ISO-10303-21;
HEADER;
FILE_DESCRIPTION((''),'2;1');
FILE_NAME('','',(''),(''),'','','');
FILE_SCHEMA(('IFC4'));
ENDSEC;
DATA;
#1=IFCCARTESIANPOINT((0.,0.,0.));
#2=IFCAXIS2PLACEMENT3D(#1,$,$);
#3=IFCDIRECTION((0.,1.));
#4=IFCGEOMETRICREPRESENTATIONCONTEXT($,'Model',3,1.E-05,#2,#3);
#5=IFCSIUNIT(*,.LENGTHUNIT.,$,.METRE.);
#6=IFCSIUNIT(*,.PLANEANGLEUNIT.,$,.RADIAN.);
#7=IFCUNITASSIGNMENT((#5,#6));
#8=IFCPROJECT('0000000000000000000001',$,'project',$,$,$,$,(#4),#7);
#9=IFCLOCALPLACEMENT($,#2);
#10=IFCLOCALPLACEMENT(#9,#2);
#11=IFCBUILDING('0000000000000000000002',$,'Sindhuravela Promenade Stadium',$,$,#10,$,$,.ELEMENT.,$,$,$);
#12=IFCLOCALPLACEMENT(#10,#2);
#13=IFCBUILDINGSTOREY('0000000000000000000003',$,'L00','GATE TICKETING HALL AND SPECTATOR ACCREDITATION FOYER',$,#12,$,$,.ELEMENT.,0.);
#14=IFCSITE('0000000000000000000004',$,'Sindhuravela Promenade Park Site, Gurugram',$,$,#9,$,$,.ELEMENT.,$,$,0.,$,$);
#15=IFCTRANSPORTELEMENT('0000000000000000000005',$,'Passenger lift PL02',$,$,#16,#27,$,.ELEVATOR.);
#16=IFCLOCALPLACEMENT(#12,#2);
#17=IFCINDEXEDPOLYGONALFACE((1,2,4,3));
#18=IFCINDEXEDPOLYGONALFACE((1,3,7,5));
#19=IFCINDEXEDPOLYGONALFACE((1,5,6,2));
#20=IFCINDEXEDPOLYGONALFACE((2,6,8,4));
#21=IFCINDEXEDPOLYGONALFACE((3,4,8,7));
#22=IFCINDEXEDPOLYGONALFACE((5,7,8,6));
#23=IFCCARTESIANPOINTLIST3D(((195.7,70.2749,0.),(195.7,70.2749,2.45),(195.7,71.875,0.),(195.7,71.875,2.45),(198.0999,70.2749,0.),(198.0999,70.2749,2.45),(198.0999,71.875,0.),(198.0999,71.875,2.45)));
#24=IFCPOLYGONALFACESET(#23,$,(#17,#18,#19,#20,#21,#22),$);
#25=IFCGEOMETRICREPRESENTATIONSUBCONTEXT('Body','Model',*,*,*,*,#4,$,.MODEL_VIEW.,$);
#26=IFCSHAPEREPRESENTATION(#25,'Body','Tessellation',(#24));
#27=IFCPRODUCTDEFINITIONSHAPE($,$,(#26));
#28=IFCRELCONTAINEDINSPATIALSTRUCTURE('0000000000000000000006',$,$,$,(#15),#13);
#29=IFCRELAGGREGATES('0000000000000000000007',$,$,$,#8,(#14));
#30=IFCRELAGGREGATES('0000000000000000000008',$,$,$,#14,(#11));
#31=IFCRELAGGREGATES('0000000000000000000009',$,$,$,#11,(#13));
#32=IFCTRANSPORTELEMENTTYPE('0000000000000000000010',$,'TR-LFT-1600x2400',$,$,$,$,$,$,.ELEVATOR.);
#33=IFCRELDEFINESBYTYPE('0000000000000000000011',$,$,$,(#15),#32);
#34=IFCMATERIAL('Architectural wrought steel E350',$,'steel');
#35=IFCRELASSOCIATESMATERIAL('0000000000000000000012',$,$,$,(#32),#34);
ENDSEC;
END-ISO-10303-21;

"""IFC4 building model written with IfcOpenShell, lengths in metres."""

from ifc_helpers import new_model, si_unit, direction, frame, origin, origin_2d, place, context, subcontext, project, spatial, rectangle, extrude, material, type_object, element, save


model = new_model("IFC4")

# Units and contexts
model_context = context("Model", 3, precision=1e-05, world=origin(), true_north=direction((0.0, 1.0)))
body_context = subcontext(model_context, "Body", "Model", "MODEL_VIEW")
ifc_project = project(units=[si_unit("LENGTHUNIT", "METRE"), si_unit("PLANEANGLEUNIT", "RADIAN")], contexts=[model_context])

# Site, building, storey
site_placement = place(None, origin())
site = spatial("IfcSite", under=ifc_project, at=site_placement, Name="Sindhuravela Promenade Park Site, Gurugram", CompositionType="ELEMENT", RefElevation=0.0)
building_placement = place(site_placement, origin())
building = spatial("IfcBuilding", under=site, at=building_placement, Name="Sindhuravela Promenade Stadium", CompositionType="ELEMENT")
storey_placement = place(building_placement, origin())
storey = spatial("IfcBuildingStorey", under=building, at=storey_placement, Name="L00", Description="GATE TICKETING HALL AND SPECTATOR ACCREDITATION FOYER", CompositionType="ELEMENT", Elevation=0.0)

# Shared definitions
ifc_material_1 = material(Name="Architectural wrought steel E350", Category="steel")

# Transport element
transport_element_type = type_object("IfcTransportElementType", Name="TR-LFT-1600x2400", PredefinedType="ELEVATOR", material=ifc_material_1)
transport_element_placement = place(storey_placement, frame((196.8999, 71.075, 0.0), z_axis=(0.0, 0.0, 1.0), x_axis=(1.0, 0.0, 0.0)))
element("IfcTransportElement", 1, at=transport_element_placement, inside=storey, type_object=transport_element_type, Name="Passenger lift PL02", PredefinedType="ELEVATOR", context=body_context, shape_type="SweptSolid", body=[
    extrude(rectangle(XDim=2.3999, YDim=1.6001, at=origin_2d()), origin(), (0.0, 0.0, 1.0), 2.45),
])

save(model, "model.ifc")
